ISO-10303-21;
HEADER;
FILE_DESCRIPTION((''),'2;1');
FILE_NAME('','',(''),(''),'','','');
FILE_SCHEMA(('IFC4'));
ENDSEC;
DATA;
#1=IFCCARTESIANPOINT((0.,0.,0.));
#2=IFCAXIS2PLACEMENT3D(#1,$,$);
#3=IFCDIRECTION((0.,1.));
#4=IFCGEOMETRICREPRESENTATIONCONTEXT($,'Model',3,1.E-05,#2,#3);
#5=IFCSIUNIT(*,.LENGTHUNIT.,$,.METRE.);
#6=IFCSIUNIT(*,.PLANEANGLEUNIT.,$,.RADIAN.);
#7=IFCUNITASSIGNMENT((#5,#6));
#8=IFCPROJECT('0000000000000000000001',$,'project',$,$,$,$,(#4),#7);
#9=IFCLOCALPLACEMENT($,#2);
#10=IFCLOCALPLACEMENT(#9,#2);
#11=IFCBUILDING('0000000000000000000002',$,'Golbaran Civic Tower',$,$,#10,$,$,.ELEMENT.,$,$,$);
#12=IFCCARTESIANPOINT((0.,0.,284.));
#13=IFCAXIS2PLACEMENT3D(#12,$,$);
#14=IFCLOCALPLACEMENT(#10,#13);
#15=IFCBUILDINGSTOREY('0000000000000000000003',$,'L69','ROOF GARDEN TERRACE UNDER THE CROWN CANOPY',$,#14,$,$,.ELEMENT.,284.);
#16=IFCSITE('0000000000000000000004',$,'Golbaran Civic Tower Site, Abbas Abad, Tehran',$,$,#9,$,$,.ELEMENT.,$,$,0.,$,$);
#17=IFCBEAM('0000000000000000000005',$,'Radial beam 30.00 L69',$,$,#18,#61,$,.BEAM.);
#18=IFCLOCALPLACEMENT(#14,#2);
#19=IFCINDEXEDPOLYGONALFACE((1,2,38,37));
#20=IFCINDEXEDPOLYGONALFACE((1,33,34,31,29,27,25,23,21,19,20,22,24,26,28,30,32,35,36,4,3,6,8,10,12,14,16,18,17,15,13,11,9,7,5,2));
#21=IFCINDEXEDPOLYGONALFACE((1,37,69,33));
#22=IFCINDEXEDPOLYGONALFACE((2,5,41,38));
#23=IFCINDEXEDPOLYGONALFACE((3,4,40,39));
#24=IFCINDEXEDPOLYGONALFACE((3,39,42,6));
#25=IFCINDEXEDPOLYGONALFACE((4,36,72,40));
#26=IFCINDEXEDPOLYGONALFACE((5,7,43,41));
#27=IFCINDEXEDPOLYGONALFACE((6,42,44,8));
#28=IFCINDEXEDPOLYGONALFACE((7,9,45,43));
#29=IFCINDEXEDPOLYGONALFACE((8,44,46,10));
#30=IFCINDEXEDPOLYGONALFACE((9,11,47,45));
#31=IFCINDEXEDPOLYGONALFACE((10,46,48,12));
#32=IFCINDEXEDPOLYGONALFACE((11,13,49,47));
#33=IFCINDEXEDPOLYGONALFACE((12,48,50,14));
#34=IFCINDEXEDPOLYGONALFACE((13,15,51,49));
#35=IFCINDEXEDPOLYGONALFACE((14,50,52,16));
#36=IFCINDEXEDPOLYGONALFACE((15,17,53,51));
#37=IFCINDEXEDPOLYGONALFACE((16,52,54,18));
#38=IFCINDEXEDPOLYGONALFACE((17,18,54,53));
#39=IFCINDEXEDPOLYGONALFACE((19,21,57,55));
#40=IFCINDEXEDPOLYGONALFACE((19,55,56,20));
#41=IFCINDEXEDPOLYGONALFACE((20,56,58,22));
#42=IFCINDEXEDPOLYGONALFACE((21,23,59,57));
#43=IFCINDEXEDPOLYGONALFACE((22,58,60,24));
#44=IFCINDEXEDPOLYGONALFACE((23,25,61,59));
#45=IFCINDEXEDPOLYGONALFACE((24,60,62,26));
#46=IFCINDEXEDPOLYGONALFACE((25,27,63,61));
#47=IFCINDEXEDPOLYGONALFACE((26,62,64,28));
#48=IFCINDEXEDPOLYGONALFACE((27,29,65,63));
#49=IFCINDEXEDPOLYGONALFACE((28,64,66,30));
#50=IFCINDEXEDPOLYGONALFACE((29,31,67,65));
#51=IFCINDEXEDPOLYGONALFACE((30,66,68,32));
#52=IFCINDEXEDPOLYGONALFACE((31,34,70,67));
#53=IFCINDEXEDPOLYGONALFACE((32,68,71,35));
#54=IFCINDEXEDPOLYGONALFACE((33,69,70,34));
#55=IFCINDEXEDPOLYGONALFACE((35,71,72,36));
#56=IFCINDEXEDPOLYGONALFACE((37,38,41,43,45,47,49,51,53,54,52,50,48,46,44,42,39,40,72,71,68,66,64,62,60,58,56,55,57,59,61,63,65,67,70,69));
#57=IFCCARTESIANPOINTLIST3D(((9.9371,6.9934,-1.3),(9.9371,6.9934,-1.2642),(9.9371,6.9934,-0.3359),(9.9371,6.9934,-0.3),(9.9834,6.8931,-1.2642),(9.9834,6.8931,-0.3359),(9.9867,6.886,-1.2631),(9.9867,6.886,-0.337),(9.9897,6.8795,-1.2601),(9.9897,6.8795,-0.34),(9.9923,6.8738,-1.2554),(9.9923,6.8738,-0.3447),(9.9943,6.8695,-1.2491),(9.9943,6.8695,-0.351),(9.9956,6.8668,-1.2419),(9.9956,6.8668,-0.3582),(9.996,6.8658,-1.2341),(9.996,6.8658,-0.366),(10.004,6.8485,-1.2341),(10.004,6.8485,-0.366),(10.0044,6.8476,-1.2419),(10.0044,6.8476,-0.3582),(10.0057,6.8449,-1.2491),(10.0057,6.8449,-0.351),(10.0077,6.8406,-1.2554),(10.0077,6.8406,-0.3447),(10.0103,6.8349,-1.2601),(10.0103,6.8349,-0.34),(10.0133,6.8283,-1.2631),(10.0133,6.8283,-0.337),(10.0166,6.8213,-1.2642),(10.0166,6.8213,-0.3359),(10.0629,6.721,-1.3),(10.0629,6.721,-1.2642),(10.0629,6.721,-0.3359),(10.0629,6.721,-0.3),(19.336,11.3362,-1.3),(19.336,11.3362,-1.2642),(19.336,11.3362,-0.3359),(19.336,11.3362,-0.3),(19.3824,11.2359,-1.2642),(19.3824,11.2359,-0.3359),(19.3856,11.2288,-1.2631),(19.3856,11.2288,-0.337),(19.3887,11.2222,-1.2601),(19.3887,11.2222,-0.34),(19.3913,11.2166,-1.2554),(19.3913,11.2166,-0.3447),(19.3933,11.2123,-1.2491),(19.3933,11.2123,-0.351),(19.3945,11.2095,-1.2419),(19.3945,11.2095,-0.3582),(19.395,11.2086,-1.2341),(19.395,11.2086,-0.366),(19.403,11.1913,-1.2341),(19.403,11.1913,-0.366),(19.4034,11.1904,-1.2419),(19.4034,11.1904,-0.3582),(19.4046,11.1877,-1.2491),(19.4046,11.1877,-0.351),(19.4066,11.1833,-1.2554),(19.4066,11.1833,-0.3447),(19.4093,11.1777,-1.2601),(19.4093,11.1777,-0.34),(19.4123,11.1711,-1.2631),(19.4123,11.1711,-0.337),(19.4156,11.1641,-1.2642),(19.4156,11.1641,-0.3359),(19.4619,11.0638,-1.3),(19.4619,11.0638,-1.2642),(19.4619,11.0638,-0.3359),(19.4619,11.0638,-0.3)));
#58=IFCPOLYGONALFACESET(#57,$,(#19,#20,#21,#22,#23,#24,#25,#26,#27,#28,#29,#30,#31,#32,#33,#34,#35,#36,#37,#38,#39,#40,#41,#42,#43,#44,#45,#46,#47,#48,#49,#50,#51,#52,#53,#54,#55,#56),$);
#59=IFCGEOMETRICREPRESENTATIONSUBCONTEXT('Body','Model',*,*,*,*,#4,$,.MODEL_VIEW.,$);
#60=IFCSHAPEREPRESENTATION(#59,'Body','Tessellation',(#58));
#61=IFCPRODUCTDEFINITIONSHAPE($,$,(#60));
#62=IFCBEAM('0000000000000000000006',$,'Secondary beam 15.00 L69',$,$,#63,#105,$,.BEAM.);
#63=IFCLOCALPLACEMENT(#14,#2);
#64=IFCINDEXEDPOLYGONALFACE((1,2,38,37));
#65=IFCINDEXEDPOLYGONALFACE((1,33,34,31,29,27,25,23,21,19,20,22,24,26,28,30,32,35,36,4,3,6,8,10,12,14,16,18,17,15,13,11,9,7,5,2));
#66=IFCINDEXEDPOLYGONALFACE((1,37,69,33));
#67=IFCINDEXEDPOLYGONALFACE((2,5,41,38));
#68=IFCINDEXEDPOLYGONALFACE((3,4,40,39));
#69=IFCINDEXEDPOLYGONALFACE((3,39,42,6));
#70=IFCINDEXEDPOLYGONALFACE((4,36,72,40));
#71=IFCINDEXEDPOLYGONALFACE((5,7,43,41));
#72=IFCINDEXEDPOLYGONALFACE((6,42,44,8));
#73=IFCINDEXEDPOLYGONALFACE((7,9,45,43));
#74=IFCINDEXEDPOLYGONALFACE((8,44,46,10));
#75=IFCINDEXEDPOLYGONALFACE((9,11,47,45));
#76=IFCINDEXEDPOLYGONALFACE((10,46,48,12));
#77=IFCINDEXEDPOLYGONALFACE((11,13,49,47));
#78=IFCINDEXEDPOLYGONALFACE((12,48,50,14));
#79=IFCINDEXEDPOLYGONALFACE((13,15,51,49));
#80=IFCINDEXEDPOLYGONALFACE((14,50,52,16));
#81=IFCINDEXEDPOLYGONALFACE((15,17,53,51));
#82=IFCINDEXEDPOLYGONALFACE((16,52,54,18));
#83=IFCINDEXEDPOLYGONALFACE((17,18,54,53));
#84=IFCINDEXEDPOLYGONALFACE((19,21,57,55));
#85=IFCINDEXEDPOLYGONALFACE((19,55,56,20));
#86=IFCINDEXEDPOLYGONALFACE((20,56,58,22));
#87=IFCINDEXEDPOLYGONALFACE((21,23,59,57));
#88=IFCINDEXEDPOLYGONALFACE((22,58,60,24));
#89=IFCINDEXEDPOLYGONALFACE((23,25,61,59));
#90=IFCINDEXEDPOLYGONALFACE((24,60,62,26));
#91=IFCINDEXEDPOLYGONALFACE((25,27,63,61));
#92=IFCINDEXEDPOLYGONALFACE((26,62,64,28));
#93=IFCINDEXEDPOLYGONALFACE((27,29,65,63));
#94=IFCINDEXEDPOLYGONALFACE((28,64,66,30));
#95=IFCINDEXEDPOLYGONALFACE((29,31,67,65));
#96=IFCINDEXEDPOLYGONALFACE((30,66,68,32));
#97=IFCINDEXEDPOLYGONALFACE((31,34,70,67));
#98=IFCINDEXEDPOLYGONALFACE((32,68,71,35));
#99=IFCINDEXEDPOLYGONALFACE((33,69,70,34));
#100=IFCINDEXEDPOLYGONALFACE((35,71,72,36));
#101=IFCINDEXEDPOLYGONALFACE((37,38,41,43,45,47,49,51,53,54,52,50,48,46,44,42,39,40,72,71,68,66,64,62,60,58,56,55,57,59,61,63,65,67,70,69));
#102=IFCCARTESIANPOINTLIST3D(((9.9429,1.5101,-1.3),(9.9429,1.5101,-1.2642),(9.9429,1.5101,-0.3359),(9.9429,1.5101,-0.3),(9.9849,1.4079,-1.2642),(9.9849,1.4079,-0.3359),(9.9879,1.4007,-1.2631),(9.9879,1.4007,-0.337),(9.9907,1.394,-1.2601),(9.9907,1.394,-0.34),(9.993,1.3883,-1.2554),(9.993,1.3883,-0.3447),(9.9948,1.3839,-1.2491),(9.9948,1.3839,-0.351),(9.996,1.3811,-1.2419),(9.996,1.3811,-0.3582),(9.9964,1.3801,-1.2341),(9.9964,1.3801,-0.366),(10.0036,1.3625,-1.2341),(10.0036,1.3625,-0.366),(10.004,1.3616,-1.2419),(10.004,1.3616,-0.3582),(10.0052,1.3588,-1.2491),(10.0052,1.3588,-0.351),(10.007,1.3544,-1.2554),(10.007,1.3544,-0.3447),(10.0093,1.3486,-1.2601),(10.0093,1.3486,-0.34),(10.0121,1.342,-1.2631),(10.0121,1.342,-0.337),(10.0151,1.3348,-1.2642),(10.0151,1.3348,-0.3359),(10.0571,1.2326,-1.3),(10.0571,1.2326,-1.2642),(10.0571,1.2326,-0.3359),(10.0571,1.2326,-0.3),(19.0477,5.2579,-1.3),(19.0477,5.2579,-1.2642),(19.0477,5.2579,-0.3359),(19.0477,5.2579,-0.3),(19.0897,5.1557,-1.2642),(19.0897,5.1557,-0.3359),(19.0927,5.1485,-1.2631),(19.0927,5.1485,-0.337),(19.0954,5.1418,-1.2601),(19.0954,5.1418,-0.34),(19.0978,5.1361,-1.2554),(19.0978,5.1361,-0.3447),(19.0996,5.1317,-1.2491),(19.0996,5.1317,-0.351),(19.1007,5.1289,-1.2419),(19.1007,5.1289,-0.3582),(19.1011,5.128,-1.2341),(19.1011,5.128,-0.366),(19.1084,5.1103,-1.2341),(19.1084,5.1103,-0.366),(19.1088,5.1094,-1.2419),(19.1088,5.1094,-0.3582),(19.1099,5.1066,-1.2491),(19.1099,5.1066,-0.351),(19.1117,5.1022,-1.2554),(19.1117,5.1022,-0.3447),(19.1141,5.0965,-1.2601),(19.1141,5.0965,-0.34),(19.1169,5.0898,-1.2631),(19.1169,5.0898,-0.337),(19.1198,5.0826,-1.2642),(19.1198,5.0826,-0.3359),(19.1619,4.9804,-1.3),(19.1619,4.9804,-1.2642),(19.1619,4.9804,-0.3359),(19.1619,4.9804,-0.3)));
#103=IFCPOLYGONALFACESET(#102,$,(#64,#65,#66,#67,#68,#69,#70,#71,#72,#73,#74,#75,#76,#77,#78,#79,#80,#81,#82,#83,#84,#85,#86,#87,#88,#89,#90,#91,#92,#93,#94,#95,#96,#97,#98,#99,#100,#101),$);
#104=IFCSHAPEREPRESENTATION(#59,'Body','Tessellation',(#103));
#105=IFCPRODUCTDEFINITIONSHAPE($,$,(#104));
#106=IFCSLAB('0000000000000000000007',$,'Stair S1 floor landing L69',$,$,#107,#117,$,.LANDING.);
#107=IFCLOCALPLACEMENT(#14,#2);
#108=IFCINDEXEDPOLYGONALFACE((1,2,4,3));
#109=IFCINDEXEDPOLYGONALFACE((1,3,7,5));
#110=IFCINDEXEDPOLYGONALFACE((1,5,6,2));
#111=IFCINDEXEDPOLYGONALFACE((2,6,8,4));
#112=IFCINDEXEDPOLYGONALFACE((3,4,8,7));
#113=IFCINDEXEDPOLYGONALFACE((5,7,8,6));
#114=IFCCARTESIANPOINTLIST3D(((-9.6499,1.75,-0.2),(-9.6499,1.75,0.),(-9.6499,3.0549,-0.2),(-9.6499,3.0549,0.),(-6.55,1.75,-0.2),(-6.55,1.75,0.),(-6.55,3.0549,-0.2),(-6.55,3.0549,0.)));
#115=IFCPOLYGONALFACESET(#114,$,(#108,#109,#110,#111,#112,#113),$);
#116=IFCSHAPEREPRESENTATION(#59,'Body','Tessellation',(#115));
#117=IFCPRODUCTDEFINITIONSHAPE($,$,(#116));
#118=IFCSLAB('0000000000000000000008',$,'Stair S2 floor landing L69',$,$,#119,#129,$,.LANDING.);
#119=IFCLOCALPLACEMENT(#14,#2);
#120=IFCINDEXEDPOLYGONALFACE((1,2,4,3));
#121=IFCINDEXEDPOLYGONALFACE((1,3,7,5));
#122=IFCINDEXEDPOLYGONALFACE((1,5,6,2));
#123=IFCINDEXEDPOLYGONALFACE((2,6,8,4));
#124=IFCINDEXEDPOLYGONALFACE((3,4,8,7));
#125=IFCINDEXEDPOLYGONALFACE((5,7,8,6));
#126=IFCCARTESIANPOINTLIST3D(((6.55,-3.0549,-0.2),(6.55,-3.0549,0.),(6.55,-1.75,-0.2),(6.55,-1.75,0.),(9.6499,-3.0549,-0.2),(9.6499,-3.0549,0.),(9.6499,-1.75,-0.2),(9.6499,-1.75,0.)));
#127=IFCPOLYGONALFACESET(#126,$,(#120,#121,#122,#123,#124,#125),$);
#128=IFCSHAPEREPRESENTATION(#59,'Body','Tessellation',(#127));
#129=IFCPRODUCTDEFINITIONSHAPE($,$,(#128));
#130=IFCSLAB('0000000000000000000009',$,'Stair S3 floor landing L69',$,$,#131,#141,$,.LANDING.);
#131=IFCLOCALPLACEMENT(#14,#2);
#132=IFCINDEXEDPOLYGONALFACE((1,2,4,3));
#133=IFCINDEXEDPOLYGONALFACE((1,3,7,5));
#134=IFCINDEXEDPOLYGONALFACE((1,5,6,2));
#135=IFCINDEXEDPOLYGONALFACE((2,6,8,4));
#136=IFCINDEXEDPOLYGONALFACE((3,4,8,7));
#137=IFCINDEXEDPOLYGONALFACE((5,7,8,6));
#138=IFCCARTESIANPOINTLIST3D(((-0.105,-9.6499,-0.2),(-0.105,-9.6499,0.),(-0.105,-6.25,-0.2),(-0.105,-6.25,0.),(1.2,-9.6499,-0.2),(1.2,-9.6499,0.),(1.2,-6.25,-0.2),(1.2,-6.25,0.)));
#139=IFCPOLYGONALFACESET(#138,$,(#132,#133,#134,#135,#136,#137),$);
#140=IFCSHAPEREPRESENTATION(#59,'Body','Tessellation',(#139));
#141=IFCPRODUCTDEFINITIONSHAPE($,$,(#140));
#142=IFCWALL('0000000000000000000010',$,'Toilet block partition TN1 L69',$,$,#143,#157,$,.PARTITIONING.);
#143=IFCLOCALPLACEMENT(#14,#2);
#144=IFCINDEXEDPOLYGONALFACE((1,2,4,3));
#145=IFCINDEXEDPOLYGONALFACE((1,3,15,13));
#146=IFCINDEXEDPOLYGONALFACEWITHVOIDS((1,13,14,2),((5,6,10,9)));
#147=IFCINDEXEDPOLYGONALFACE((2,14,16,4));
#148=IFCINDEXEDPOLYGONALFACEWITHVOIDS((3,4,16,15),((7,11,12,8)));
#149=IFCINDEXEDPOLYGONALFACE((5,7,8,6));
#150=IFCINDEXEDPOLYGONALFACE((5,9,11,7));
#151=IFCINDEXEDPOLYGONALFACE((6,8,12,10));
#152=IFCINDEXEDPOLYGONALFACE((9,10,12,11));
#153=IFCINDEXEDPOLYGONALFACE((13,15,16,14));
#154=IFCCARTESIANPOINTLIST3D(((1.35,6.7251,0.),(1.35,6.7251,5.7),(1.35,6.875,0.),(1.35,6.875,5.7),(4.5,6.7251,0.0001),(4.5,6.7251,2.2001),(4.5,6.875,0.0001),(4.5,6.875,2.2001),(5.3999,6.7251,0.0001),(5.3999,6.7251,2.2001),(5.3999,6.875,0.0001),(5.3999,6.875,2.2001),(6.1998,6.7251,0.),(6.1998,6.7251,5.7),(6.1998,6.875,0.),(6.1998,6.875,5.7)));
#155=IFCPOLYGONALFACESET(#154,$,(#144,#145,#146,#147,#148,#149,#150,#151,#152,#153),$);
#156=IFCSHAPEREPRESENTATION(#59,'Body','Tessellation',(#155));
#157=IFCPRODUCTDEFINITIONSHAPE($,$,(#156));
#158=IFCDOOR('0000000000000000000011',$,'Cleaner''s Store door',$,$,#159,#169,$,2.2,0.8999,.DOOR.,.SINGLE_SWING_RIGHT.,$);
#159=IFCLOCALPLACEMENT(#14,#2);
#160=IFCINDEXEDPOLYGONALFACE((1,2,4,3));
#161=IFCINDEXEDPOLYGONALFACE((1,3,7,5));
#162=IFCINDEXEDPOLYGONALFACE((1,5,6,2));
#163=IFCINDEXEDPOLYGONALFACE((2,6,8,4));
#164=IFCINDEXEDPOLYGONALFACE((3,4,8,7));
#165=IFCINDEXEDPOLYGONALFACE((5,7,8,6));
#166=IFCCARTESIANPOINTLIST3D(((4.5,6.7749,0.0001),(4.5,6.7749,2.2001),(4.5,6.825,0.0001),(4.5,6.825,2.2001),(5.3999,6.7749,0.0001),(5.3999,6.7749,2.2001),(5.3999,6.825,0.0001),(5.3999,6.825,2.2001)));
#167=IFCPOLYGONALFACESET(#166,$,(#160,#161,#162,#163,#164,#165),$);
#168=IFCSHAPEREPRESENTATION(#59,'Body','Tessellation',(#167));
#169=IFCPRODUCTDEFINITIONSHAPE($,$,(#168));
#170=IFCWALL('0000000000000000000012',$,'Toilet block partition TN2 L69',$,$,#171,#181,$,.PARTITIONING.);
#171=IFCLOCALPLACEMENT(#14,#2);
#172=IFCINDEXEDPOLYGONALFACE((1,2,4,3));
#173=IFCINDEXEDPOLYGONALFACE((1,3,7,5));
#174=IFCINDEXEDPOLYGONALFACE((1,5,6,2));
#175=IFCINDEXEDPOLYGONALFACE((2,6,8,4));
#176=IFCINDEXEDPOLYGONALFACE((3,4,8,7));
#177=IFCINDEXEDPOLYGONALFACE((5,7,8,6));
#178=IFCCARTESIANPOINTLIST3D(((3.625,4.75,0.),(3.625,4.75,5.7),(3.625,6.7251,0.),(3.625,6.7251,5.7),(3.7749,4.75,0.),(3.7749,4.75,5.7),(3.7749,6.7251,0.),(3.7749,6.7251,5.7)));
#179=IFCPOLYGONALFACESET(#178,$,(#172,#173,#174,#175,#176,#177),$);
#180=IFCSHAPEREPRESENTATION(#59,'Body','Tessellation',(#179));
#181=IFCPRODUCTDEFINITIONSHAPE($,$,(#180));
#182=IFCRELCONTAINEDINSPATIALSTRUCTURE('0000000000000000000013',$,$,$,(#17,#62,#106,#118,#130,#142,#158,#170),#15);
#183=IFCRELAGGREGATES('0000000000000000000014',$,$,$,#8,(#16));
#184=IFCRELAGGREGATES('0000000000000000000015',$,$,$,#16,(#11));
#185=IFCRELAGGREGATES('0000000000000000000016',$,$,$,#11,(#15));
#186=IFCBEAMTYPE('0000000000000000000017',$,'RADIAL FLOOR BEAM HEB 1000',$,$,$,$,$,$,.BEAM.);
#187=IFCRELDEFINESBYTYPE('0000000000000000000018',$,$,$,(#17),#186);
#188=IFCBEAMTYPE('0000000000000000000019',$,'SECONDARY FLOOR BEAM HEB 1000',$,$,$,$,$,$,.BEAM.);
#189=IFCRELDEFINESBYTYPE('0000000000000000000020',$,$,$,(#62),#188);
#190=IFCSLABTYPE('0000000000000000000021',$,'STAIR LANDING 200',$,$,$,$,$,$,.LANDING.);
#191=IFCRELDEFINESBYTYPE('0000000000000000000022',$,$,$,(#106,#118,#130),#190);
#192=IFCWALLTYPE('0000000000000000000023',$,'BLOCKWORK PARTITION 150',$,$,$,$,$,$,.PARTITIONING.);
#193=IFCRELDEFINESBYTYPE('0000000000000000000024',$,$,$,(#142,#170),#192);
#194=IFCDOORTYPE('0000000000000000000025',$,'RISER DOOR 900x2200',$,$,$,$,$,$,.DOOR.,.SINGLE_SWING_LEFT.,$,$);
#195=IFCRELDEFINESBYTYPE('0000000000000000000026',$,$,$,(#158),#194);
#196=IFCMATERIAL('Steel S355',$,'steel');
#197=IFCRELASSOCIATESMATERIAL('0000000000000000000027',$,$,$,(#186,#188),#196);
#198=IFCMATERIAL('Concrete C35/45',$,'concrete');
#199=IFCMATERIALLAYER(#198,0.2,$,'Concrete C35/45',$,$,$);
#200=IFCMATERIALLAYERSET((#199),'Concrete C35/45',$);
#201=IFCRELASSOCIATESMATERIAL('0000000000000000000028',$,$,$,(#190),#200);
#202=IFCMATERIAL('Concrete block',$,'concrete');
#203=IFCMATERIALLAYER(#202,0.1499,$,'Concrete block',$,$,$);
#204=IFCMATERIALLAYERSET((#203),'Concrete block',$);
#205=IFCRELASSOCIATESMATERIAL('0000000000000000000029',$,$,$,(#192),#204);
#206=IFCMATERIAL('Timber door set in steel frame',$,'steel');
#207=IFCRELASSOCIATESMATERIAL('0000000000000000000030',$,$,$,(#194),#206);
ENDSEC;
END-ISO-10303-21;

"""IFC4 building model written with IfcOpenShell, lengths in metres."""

from ifc_helpers import new_model, si_unit, direction, frame, frame_2d, origin, origin_2d, place, context, subcontext, project, spatial, polyline, rectangle, i_section, outline, extrude, material, layer, layer_set, material_profile, profile_set, type_object, element, fill, save


model = new_model("IFC4")

# Units and contexts
model_context = context("Model", 3, precision=1e-05, world=origin(), true_north=direction((0.0, 1.0)))
body_context = subcontext(model_context, "Body", "Model", "MODEL_VIEW")
ifc_project = project(units=[si_unit("LENGTHUNIT", "METRE"), si_unit("PLANEANGLEUNIT", "RADIAN")], contexts=[model_context])

# Site, building, storey
site_placement = place(None, origin())
site = spatial("IfcSite", under=ifc_project, at=site_placement, Name="Golbaran Civic Tower Site, Abbas Abad, Tehran", CompositionType="ELEMENT", RefElevation=0.0)
building_placement = place(site_placement, origin())
building = spatial("IfcBuilding", under=site, at=building_placement, Name="Golbaran Civic Tower", CompositionType="ELEMENT")
storey_placement = place(building_placement, frame((0.0, 0.0, 284.0)))
storey = spatial("IfcBuildingStorey", under=building, at=storey_placement, Name="L69", Description="ROOF GARDEN TERRACE UNDER THE CROWN CANOPY", CompositionType="ELEMENT", Elevation=284.0)

# Beams
ifc_material_1 = material(Name="Steel S355", Category="steel")
ifc_material_profile_1 = material_profile(ifc_material_1, i_section(OverallWidth=0.3, OverallDepth=1.0, WebThickness=0.019, FlangeThickness=0.0359, FilletRadius=0.03, at=origin_2d()), Name="HEB 1000")
ifc_profile_set_1 = profile_set([ifc_material_profile_1], Name="Steel S355")
beam_type_1 = type_object("IfcBeamType", Name="RADIAL FLOOR BEAM HEB 1000", PredefinedType="BEAM", material=ifc_profile_set_1)
beam_1_placement = place(storey_placement, frame((10.0, 6.8572, -0.8), z_axis=(0.907783, 0.419441, 0.0), x_axis=(-0.419441, 0.907783, 0.0)))
element("IfcBeam", 1, at=beam_1_placement, inside=storey, type_object=beam_type_1, Name="Radial beam 30.00 L69", PredefinedType="BEAM", context=body_context, shape_type="SweptSolid", body=[
    extrude(i_section(OverallWidth=0.3, OverallDepth=1.0, WebThickness=0.019, FlangeThickness=0.0359, FilletRadius=0.03, at=origin_2d()), origin(), (0.0, 0.0, 1.0), 10.3538),
])
ifc_material_profile_2 = material_profile(ifc_material_1, i_section(OverallWidth=0.3, OverallDepth=1.0, WebThickness=0.019, FlangeThickness=0.0359, FilletRadius=0.03, at=origin_2d()), Name="HEB 1000")
ifc_profile_set_2 = profile_set([ifc_material_profile_2], Name="Steel S355")
beam_type_2 = type_object("IfcBeamType", Name="SECONDARY FLOOR BEAM HEB 1000", PredefinedType="BEAM", material=ifc_profile_set_2)
beam_2_placement = place(storey_placement, frame((10.0, 1.3713, -0.8), z_axis=(0.924721, 0.380645, 0.0), x_axis=(-0.380645, 0.924721, 0.0)))
element("IfcBeam", 2, at=beam_2_placement, inside=storey, type_object=beam_type_2, Name="Secondary beam 15.00 L69", PredefinedType="BEAM", context=body_context, shape_type="SweptSolid", body=[
    extrude(i_section(OverallWidth=0.3, OverallDepth=1.0, WebThickness=0.019, FlangeThickness=0.0359, FilletRadius=0.03, at=origin_2d()), origin(), (0.0, 0.0, 1.0), 9.8459),
])

# Slabs
ifc_material_2 = material(Name="Concrete C35/45", Category="concrete")
ifc_layer_1 = layer(ifc_material_2, 0.2, Name="Concrete C35/45")
ifc_layer_set_1 = layer_set([ifc_layer_1], Name="Concrete C35/45")
slab_type = type_object("IfcSlabType", Name="STAIR LANDING 200", PredefinedType="LANDING", material=ifc_layer_set_1)
slab_1_placement = place(storey_placement, frame((0.0, 0.0, -0.2)))
element("IfcSlab", 3, at=slab_1_placement, inside=storey, type_object=slab_type, Name="Stair S1 floor landing L69", PredefinedType="LANDING", context=body_context, shape_type="SweptSolid", body=[
    extrude(outline(polyline([(-9.6499, 1.75), (-9.6499, 3.0549), (-6.55, 3.0549), (-6.55, 1.75), (-9.6499, 1.75)])), origin(), (0.0, 0.0, 1.0), 0.2),
])
slab_2_placement = place(storey_placement, frame((0.0, 0.0, -0.2)))
element("IfcSlab", 4, at=slab_2_placement, inside=storey, type_object=slab_type, Name="Stair S2 floor landing L69", PredefinedType="LANDING", context=body_context, shape_type="SweptSolid", body=[
    extrude(outline(polyline([(9.6499, -1.75), (9.6499, -3.0549), (6.55, -3.0549), (6.55, -1.75), (9.6499, -1.75)])), origin(), (0.0, 0.0, 1.0), 0.2),
])
slab_3_placement = place(storey_placement, frame((0.0, 0.0, -0.2)))
element("IfcSlab", 5, at=slab_3_placement, inside=storey, type_object=slab_type, Name="Stair S3 floor landing L69", PredefinedType="LANDING", context=body_context, shape_type="SweptSolid", body=[
    extrude(outline(polyline([(1.2, -9.6499), (-0.105, -9.6499), (-0.105, -6.25), (1.2, -6.25), (1.2, -9.6499)])), origin(), (0.0, 0.0, 1.0), 0.2),
])

# Wall, opening, door
ifc_material_3 = material(Name="Concrete block", Category="concrete")
ifc_layer_2 = layer(ifc_material_3, 0.1499, Name="Concrete block")
ifc_layer_set_2 = layer_set([ifc_layer_2], Name="Concrete block")
wall_type_1 = type_object("IfcWallType", Name="BLOCKWORK PARTITION 150", PredefinedType="PARTITIONING", material=ifc_layer_set_2)
wall_1_placement = place(storey_placement, frame((1.3501, 6.8, 0.0), z_axis=(0.0, 0.0, 1.0), x_axis=(1.0, 0.0, 0.0)))
wall_1 = element("IfcWall", 6, at=wall_1_placement, inside=storey, type_object=wall_type_1, Name="Toilet block partition TN1 L69", PredefinedType="PARTITIONING", context=body_context, shape_type="SweptSolid", body=[
    extrude(rectangle(XDim=4.8499, YDim=0.1499, at=frame_2d((2.4248, 0.0))), origin(), (0.0, 0.0, 1.0), 5.7),
])
opening_1_placement = place(wall_1_placement, frame((3.1499, 0.0, 0.0)))
opening_1 = element("IfcOpeningElement", 7, at=opening_1_placement, cuts=wall_1, PredefinedType="OPENING", context=body_context, shape_type="SweptSolid", body=[
    extrude(rectangle(XDim=0.8999, YDim=2.2, at=frame_2d((0.45, 1.1001))), frame((0.0, 0.085, 0.0), z_axis=(0.0, -1.0, 0.0), x_axis=(1.0, 0.0, 0.0)), (0.0, 0.0, 1.0), 0.1699),
])
ifc_material_4 = material(Name="Timber door set in steel frame", Category="steel")
door_type_1 = type_object("IfcDoorType", Name="RISER DOOR 900x2200", OperationType="SINGLE_SWING_LEFT", PredefinedType="DOOR", material=ifc_material_4)
door_1_placement = place(opening_1_placement, origin())
door_1 = element("IfcDoor", 8, at=door_1_placement, inside=storey, type_object=door_type_1, Name="Cleaner's Store door", OperationType="SINGLE_SWING_RIGHT", OverallHeight=2.2, OverallWidth=0.8999, PredefinedType="DOOR", context=body_context, shape_type="SweptSolid", body=[
    extrude(rectangle(XDim=0.8999, YDim=2.2, at=frame_2d((0.45, 1.1001))), frame((0.0, 0.0249, 0.0), z_axis=(0.0, -1.0, 0.0), x_axis=(1.0, 0.0, 0.0)), (0.0, 0.0, 1.0), 0.05),
])
fill(opening_1, door_1)

# Wall
wall_2_placement = place(storey_placement, frame((3.7, 4.75, 0.0), z_axis=(0.0, 0.0, 1.0), x_axis=(0.0, 1.0, 0.0)))
element("IfcWall", 9, at=wall_2_placement, inside=storey, type_object=wall_type_1, Name="Toilet block partition TN2 L69", PredefinedType="PARTITIONING", context=body_context, shape_type="SweptSolid", body=[
    extrude(rectangle(XDim=1.9751, YDim=0.1499, at=frame_2d((0.9875, 0.0))), origin(), (0.0, 0.0, 1.0), 5.7),
])

save(model, "model.ifc")
